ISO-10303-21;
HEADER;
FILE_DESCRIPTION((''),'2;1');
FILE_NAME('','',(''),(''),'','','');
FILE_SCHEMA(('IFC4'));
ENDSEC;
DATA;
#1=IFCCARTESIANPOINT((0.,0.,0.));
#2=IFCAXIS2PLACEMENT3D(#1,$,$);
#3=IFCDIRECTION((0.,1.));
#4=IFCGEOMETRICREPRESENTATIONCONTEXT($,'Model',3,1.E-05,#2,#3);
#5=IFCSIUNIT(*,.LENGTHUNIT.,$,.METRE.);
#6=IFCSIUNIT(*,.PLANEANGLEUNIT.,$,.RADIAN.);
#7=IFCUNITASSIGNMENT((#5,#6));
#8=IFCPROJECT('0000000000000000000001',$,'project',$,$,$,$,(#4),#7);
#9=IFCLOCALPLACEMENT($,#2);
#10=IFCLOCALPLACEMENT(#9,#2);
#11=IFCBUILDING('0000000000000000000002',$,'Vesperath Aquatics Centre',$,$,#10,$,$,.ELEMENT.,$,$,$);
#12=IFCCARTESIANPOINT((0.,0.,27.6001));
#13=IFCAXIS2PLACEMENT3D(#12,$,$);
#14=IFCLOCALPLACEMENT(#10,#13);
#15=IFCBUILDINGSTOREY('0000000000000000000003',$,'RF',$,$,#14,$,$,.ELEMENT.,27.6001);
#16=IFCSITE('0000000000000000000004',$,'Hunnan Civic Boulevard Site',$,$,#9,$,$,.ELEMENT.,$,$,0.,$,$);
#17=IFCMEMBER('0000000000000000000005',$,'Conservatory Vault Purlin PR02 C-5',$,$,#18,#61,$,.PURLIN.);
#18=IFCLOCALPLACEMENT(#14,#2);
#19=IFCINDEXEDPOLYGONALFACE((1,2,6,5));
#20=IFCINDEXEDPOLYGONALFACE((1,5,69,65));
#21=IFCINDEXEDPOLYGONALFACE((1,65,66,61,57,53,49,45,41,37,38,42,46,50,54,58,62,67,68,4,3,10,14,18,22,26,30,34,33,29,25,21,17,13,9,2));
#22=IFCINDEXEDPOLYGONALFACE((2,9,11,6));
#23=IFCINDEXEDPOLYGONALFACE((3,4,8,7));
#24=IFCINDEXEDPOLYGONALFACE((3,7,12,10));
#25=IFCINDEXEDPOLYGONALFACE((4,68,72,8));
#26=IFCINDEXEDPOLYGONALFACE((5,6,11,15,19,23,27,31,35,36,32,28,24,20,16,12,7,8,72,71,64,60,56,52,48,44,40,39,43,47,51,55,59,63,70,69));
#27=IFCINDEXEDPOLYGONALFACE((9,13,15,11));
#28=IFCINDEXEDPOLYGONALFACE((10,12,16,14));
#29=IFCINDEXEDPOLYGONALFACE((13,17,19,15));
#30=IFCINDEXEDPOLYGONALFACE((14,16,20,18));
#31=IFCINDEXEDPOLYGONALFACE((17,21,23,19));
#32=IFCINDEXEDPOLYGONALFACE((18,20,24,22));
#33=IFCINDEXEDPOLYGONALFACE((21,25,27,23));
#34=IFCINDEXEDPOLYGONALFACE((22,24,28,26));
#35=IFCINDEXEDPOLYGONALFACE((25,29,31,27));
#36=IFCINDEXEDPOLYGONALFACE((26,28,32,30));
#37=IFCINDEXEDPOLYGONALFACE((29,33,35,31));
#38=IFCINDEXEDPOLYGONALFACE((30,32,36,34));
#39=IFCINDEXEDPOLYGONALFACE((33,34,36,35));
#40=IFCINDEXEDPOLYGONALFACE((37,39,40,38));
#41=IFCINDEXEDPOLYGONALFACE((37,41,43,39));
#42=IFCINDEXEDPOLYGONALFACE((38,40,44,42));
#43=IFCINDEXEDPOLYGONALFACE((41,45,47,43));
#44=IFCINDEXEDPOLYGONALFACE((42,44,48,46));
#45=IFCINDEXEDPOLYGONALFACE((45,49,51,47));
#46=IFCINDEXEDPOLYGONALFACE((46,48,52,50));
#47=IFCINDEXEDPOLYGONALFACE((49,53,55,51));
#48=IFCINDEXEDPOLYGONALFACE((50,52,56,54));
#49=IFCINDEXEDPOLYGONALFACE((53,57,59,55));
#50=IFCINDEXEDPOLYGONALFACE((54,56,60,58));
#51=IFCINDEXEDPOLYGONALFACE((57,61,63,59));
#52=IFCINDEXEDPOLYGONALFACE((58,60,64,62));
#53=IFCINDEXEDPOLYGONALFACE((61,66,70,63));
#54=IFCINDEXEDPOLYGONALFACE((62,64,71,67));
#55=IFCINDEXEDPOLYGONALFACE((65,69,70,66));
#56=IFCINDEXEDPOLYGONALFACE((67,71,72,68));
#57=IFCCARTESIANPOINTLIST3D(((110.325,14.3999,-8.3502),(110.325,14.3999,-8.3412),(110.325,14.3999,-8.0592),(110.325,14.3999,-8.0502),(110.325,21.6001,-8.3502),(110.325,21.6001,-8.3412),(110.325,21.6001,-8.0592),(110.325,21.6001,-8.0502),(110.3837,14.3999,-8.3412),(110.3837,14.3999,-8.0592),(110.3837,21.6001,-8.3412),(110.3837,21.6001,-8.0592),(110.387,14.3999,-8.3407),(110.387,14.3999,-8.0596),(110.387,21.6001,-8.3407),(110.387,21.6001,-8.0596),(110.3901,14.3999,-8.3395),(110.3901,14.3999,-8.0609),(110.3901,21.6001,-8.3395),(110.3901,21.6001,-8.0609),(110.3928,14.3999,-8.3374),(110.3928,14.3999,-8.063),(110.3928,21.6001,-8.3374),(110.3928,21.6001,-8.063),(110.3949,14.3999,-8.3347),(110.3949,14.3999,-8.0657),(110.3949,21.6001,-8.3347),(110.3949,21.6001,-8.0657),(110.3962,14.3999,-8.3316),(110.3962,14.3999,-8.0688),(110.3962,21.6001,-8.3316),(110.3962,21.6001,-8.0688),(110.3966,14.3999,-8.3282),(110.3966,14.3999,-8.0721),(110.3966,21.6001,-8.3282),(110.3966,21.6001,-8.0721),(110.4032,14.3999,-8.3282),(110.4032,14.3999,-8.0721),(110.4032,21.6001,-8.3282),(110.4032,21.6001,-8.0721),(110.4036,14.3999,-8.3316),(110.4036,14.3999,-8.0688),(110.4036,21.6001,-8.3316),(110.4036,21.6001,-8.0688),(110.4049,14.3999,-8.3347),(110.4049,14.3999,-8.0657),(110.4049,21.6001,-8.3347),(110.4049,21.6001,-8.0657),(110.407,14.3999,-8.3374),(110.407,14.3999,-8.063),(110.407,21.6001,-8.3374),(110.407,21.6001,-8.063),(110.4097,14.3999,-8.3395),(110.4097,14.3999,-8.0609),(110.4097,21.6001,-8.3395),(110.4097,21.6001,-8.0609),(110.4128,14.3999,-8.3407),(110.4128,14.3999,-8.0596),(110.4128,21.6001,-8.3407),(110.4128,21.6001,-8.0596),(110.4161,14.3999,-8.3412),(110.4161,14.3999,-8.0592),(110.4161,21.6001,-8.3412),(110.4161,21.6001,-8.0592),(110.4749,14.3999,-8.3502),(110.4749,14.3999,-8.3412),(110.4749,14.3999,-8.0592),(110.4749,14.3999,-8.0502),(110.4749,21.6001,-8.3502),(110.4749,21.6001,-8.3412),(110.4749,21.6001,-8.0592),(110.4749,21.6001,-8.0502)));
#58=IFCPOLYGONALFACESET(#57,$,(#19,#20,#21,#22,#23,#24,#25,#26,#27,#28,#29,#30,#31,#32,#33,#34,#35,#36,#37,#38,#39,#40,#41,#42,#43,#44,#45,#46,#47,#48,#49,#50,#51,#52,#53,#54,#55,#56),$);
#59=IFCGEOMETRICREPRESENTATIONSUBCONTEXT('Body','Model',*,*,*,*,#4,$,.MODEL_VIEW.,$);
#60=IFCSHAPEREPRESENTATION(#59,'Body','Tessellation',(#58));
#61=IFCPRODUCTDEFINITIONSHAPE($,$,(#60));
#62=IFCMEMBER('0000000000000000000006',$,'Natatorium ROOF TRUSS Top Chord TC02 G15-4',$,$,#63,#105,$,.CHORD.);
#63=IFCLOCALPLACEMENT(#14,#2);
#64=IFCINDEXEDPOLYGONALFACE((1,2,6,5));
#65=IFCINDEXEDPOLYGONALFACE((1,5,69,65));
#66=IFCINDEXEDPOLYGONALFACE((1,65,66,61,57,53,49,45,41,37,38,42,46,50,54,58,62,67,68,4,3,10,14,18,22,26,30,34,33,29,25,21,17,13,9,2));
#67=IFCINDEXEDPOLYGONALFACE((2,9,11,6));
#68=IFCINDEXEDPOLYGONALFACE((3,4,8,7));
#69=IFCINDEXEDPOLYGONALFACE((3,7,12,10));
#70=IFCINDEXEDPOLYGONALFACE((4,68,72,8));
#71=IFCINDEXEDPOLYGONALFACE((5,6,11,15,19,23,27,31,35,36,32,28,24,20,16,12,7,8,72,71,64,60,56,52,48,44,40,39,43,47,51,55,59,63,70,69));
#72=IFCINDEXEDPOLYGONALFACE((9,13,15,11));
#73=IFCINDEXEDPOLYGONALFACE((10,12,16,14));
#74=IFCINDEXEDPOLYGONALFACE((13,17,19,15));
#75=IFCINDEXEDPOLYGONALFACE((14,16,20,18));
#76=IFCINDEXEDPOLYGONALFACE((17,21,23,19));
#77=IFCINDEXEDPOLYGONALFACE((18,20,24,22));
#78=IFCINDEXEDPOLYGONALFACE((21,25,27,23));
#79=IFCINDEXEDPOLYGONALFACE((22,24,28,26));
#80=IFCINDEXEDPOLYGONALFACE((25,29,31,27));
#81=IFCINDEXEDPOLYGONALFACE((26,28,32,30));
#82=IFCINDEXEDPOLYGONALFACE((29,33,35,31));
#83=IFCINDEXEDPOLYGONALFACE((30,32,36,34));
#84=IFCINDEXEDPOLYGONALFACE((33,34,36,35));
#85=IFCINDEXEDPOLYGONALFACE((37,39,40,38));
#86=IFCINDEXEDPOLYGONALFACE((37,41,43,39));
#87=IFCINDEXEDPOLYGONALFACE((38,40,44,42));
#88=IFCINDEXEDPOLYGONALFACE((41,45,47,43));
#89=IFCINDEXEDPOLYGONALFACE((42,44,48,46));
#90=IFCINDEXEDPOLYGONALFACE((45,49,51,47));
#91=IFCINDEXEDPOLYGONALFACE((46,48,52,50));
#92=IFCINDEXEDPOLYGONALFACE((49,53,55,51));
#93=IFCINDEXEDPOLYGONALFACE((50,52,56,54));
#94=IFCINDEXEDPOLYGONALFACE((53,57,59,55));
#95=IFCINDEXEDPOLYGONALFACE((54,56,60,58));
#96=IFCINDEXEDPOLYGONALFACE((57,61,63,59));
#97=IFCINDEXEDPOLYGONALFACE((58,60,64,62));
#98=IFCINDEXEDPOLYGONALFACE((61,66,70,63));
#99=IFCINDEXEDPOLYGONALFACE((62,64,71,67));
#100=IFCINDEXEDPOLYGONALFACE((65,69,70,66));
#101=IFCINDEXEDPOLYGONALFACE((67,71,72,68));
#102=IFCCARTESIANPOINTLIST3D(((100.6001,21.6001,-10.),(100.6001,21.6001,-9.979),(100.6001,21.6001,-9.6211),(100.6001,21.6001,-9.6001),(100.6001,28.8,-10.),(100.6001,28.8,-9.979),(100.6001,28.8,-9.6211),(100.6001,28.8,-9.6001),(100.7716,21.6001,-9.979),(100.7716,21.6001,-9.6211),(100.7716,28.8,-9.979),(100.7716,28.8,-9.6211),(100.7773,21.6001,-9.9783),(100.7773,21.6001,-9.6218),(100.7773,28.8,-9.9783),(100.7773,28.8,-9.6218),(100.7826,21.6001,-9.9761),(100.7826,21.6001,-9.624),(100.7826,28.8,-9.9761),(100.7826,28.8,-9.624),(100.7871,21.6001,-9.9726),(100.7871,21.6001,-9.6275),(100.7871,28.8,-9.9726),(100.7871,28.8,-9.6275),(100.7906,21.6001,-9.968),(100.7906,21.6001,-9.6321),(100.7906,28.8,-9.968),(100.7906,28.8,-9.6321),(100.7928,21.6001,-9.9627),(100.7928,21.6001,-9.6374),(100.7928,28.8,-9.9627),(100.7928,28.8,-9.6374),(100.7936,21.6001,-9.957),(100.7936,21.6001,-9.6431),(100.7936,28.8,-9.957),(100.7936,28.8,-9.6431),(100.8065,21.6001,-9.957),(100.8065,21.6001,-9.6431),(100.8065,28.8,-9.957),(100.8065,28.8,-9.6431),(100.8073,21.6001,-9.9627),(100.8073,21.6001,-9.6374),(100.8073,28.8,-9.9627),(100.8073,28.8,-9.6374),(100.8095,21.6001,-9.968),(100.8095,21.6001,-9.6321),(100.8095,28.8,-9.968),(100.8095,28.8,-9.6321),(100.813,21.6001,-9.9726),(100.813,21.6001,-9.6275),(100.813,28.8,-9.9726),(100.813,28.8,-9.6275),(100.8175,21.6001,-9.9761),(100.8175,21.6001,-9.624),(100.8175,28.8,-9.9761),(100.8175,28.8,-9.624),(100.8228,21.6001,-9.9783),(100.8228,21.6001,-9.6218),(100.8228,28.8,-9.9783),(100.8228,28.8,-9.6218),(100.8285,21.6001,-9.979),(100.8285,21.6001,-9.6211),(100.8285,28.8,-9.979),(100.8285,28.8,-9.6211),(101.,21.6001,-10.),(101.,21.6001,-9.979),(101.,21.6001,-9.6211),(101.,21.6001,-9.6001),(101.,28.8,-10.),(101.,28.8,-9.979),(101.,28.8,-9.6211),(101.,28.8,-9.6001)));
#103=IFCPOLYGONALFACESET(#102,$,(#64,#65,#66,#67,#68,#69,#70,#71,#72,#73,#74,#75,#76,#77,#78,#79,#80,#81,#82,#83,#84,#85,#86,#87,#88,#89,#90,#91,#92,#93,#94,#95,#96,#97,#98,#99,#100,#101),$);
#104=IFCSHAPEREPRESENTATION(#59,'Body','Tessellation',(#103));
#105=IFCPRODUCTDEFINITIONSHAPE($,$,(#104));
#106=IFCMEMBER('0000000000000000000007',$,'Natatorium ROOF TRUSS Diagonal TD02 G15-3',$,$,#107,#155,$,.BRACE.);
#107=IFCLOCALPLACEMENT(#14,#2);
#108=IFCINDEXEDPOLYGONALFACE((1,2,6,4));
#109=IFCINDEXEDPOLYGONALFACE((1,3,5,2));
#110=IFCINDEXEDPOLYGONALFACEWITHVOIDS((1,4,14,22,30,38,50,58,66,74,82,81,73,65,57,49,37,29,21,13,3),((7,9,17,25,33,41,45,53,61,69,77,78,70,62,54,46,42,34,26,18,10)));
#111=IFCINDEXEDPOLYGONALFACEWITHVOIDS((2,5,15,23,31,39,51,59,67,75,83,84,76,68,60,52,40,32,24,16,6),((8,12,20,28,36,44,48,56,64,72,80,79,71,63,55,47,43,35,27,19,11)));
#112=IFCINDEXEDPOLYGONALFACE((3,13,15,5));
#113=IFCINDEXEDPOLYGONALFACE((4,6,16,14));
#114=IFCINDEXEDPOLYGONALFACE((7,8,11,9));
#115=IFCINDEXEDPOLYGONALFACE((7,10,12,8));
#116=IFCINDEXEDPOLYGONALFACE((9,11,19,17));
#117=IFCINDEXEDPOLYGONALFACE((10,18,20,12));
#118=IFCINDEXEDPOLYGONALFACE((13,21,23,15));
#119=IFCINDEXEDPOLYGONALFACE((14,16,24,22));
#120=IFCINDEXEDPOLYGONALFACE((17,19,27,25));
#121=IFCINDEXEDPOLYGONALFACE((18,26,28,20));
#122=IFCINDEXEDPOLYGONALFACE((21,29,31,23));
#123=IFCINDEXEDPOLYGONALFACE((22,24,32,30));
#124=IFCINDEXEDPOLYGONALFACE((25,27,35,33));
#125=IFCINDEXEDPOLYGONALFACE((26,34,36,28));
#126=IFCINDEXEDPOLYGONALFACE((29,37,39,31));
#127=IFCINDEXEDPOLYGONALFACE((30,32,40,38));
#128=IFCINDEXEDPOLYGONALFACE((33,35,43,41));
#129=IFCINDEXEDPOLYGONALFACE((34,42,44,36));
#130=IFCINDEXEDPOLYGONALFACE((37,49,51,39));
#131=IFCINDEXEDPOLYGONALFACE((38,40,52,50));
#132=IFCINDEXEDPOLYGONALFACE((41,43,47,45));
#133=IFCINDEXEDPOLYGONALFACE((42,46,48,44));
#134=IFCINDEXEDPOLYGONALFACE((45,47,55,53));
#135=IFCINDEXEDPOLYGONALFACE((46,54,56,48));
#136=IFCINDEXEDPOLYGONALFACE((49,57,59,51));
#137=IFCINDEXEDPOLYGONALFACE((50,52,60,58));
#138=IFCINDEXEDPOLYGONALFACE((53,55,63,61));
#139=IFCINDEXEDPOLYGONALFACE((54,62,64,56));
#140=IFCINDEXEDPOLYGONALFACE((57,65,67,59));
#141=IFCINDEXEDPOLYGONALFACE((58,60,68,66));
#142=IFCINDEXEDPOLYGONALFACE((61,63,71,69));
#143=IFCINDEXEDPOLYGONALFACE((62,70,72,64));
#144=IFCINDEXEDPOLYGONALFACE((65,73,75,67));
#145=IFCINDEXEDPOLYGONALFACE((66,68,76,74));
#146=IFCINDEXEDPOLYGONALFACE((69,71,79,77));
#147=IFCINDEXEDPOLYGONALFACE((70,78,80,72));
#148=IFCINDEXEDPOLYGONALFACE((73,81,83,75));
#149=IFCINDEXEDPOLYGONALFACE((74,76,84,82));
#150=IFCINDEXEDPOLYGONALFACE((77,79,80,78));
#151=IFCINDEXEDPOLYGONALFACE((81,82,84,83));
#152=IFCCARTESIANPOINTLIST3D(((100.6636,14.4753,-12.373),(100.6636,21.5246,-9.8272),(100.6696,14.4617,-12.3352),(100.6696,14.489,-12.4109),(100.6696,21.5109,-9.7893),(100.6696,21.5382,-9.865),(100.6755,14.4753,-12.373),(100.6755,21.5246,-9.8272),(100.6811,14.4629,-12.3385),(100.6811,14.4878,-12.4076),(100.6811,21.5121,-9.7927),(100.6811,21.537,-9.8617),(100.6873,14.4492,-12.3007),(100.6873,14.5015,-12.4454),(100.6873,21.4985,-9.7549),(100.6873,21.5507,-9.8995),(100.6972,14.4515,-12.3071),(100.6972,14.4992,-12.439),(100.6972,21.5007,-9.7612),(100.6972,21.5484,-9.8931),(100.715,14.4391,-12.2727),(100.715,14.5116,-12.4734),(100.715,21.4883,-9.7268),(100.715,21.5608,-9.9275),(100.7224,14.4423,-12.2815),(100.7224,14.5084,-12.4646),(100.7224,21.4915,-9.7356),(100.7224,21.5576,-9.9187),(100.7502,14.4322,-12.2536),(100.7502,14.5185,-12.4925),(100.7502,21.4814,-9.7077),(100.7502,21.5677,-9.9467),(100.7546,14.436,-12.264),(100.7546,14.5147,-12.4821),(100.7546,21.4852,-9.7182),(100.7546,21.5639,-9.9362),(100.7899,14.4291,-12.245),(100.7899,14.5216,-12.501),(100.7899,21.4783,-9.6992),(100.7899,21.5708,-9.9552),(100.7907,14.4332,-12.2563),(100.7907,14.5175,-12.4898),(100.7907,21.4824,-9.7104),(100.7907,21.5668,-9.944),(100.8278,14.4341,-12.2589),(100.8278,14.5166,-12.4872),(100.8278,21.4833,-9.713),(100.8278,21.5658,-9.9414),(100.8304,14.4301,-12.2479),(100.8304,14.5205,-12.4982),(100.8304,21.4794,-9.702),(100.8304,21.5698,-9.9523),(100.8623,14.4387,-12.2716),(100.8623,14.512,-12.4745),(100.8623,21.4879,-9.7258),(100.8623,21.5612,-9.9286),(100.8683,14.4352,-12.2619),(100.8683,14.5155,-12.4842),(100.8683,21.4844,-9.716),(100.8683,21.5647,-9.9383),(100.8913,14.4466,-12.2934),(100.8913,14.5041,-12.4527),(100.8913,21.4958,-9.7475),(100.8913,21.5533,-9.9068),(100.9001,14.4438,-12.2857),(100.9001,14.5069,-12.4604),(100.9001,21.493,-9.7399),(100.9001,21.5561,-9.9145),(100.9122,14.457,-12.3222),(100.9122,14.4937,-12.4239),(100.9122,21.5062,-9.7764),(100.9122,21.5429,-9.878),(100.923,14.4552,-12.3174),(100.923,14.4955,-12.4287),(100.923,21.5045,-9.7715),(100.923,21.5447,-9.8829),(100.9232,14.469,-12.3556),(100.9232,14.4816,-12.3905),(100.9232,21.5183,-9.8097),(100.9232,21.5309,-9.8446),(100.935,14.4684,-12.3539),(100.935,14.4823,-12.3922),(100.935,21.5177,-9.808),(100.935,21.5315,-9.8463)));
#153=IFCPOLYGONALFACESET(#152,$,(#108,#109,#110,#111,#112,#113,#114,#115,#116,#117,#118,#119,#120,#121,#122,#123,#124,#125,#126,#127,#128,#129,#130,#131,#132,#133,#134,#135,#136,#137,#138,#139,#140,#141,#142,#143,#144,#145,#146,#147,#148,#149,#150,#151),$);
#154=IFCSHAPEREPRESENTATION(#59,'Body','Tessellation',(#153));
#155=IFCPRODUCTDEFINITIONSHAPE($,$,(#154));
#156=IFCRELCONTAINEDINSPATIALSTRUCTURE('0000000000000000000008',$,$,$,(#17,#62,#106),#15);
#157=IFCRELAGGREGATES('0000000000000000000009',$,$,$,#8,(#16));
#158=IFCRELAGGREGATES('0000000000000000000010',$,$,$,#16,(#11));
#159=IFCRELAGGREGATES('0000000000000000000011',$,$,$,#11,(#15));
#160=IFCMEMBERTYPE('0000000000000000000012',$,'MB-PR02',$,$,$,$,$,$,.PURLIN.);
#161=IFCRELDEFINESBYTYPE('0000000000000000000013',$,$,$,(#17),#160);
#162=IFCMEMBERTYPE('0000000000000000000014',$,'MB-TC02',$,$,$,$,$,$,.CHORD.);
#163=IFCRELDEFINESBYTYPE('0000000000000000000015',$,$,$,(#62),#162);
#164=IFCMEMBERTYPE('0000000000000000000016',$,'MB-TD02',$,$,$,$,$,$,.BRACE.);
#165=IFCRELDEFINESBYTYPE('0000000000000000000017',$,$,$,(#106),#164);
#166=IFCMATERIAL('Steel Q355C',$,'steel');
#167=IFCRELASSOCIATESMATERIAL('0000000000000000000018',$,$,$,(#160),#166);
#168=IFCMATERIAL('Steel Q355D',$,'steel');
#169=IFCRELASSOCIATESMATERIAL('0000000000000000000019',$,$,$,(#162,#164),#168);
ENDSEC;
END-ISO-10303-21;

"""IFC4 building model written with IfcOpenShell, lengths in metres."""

from ifc_helpers import new_model, si_unit, direction, frame, origin, origin_2d, place, context, subcontext, project, spatial, hollow_circle, i_section, extrude, material, material_profile, profile_set, type_object, element, save


model = new_model("IFC4")

# Units and contexts
model_context = context("Model", 3, precision=1e-05, world=origin(), true_north=direction((0.0, 1.0)))
body_context = subcontext(model_context, "Body", "Model", "MODEL_VIEW")
ifc_project = project(units=[si_unit("LENGTHUNIT", "METRE"), si_unit("PLANEANGLEUNIT", "RADIAN")], contexts=[model_context])

# Site, building, storey
site_placement = place(None, origin())
site = spatial("IfcSite", under=ifc_project, at=site_placement, Name="Hunnan Civic Boulevard Site", CompositionType="ELEMENT", RefElevation=0.0)
building_placement = place(site_placement, origin())
building = spatial("IfcBuilding", under=site, at=building_placement, Name="Vesperath Aquatics Centre", CompositionType="ELEMENT")
storey_placement = place(building_placement, frame((0.0, 0.0, 27.6001)))
storey = spatial("IfcBuildingStorey", under=building, at=storey_placement, Name="RF", CompositionType="ELEMENT", Elevation=27.6001)

# Members
ifc_material_1 = material(Name="Steel Q355D", Category="steel")
ifc_material_2 = material(Name="Steel Q355C", Category="steel")
ifc_material_profile_1 = material_profile(ifc_material_2, i_section(OverallWidth=0.1499, OverallDepth=0.3, WebThickness=0.0066, FlangeThickness=0.009, FilletRadius=0.0129, at=origin_2d()), Name="HN 300x150x6.5x9")
ifc_profile_set_1 = profile_set([ifc_material_profile_1], Name="Steel Q355C")
member_type_1 = type_object("IfcMemberType", Name="MB-PR02", PredefinedType="PURLIN", material=ifc_profile_set_1)
for number, where, z_axis, x_axis, name in (
    (1, (110.3999, 14.3999, -8.2002), (0.0, 1.0, 0.0), (-1.0, 0.0, 0.0), "Conservatory Vault Purlin PR02 C-5"),
):
    element("IfcMember", number, at=place(storey_placement, frame(where, z_axis=z_axis, x_axis=x_axis)), inside=storey, type_object=member_type_1, Name=name, PredefinedType="PURLIN", context=body_context, shape_type="SweptSolid", body=[
        extrude(i_section(OverallWidth=0.1499, OverallDepth=0.3, WebThickness=0.0066, FlangeThickness=0.009, FilletRadius=0.0129, at=origin_2d()), origin(), (0.0, 0.0, 1.0), 7.2002),
    ])
ifc_material_profile_2 = material_profile(ifc_material_1, i_section(OverallWidth=0.3999, OverallDepth=0.3999, WebThickness=0.0129, FlangeThickness=0.021, FilletRadius=0.022, at=origin_2d()), Name="HW 400x400x13x21")
ifc_profile_set_2 = profile_set([ifc_material_profile_2], Name="Steel Q355D")
member_type_2 = type_object("IfcMemberType", Name="MB-TC02", PredefinedType="CHORD", material=ifc_profile_set_2)
member_1_placement = place(storey_placement, frame((100.8, 21.6001, -9.8), z_axis=(0.0, 1.0, 0.0), x_axis=(-1.0, 0.0, 0.0)))
element("IfcMember", 2, at=member_1_placement, inside=storey, type_object=member_type_2, Name="Natatorium ROOF TRUSS Top Chord TC02 G15-4", PredefinedType="CHORD", context=body_context, shape_type="SweptSolid", body=[
    extrude(i_section(OverallWidth=0.3999, OverallDepth=0.3999, WebThickness=0.0129, FlangeThickness=0.021, FilletRadius=0.022, at=origin_2d()), origin(), (0.0, 0.0, 1.0), 7.2),
])
ifc_material_profile_3 = material_profile(ifc_material_1, hollow_circle(Radius=0.1365, WallThickness=0.012, at=origin_2d()), Name="CHS 273.0x12")
ifc_profile_set_3 = profile_set([ifc_material_profile_3], Name="Steel Q355D")
member_type_3 = type_object("IfcMemberType", Name="MB-TD02", PredefinedType="BRACE", material=ifc_profile_set_3)
member_2_placement = place(storey_placement, frame((100.8, 14.4753, -12.373), z_axis=(0.0, 0.940541, 0.339681), x_axis=(-1.0, 0.0, 0.0)))
element("IfcMember", 3, at=member_2_placement, inside=storey, type_object=member_type_3, Name="Natatorium ROOF TRUSS Diagonal TD02 G15-3", PredefinedType="BRACE", context=body_context, shape_type="SweptSolid", body=[
    extrude(hollow_circle(Radius=0.1365, WallThickness=0.012, at=origin_2d()), origin(), (0.0, 0.0, 1.0), 7.4949),
])

save(model, "model.ifc")
